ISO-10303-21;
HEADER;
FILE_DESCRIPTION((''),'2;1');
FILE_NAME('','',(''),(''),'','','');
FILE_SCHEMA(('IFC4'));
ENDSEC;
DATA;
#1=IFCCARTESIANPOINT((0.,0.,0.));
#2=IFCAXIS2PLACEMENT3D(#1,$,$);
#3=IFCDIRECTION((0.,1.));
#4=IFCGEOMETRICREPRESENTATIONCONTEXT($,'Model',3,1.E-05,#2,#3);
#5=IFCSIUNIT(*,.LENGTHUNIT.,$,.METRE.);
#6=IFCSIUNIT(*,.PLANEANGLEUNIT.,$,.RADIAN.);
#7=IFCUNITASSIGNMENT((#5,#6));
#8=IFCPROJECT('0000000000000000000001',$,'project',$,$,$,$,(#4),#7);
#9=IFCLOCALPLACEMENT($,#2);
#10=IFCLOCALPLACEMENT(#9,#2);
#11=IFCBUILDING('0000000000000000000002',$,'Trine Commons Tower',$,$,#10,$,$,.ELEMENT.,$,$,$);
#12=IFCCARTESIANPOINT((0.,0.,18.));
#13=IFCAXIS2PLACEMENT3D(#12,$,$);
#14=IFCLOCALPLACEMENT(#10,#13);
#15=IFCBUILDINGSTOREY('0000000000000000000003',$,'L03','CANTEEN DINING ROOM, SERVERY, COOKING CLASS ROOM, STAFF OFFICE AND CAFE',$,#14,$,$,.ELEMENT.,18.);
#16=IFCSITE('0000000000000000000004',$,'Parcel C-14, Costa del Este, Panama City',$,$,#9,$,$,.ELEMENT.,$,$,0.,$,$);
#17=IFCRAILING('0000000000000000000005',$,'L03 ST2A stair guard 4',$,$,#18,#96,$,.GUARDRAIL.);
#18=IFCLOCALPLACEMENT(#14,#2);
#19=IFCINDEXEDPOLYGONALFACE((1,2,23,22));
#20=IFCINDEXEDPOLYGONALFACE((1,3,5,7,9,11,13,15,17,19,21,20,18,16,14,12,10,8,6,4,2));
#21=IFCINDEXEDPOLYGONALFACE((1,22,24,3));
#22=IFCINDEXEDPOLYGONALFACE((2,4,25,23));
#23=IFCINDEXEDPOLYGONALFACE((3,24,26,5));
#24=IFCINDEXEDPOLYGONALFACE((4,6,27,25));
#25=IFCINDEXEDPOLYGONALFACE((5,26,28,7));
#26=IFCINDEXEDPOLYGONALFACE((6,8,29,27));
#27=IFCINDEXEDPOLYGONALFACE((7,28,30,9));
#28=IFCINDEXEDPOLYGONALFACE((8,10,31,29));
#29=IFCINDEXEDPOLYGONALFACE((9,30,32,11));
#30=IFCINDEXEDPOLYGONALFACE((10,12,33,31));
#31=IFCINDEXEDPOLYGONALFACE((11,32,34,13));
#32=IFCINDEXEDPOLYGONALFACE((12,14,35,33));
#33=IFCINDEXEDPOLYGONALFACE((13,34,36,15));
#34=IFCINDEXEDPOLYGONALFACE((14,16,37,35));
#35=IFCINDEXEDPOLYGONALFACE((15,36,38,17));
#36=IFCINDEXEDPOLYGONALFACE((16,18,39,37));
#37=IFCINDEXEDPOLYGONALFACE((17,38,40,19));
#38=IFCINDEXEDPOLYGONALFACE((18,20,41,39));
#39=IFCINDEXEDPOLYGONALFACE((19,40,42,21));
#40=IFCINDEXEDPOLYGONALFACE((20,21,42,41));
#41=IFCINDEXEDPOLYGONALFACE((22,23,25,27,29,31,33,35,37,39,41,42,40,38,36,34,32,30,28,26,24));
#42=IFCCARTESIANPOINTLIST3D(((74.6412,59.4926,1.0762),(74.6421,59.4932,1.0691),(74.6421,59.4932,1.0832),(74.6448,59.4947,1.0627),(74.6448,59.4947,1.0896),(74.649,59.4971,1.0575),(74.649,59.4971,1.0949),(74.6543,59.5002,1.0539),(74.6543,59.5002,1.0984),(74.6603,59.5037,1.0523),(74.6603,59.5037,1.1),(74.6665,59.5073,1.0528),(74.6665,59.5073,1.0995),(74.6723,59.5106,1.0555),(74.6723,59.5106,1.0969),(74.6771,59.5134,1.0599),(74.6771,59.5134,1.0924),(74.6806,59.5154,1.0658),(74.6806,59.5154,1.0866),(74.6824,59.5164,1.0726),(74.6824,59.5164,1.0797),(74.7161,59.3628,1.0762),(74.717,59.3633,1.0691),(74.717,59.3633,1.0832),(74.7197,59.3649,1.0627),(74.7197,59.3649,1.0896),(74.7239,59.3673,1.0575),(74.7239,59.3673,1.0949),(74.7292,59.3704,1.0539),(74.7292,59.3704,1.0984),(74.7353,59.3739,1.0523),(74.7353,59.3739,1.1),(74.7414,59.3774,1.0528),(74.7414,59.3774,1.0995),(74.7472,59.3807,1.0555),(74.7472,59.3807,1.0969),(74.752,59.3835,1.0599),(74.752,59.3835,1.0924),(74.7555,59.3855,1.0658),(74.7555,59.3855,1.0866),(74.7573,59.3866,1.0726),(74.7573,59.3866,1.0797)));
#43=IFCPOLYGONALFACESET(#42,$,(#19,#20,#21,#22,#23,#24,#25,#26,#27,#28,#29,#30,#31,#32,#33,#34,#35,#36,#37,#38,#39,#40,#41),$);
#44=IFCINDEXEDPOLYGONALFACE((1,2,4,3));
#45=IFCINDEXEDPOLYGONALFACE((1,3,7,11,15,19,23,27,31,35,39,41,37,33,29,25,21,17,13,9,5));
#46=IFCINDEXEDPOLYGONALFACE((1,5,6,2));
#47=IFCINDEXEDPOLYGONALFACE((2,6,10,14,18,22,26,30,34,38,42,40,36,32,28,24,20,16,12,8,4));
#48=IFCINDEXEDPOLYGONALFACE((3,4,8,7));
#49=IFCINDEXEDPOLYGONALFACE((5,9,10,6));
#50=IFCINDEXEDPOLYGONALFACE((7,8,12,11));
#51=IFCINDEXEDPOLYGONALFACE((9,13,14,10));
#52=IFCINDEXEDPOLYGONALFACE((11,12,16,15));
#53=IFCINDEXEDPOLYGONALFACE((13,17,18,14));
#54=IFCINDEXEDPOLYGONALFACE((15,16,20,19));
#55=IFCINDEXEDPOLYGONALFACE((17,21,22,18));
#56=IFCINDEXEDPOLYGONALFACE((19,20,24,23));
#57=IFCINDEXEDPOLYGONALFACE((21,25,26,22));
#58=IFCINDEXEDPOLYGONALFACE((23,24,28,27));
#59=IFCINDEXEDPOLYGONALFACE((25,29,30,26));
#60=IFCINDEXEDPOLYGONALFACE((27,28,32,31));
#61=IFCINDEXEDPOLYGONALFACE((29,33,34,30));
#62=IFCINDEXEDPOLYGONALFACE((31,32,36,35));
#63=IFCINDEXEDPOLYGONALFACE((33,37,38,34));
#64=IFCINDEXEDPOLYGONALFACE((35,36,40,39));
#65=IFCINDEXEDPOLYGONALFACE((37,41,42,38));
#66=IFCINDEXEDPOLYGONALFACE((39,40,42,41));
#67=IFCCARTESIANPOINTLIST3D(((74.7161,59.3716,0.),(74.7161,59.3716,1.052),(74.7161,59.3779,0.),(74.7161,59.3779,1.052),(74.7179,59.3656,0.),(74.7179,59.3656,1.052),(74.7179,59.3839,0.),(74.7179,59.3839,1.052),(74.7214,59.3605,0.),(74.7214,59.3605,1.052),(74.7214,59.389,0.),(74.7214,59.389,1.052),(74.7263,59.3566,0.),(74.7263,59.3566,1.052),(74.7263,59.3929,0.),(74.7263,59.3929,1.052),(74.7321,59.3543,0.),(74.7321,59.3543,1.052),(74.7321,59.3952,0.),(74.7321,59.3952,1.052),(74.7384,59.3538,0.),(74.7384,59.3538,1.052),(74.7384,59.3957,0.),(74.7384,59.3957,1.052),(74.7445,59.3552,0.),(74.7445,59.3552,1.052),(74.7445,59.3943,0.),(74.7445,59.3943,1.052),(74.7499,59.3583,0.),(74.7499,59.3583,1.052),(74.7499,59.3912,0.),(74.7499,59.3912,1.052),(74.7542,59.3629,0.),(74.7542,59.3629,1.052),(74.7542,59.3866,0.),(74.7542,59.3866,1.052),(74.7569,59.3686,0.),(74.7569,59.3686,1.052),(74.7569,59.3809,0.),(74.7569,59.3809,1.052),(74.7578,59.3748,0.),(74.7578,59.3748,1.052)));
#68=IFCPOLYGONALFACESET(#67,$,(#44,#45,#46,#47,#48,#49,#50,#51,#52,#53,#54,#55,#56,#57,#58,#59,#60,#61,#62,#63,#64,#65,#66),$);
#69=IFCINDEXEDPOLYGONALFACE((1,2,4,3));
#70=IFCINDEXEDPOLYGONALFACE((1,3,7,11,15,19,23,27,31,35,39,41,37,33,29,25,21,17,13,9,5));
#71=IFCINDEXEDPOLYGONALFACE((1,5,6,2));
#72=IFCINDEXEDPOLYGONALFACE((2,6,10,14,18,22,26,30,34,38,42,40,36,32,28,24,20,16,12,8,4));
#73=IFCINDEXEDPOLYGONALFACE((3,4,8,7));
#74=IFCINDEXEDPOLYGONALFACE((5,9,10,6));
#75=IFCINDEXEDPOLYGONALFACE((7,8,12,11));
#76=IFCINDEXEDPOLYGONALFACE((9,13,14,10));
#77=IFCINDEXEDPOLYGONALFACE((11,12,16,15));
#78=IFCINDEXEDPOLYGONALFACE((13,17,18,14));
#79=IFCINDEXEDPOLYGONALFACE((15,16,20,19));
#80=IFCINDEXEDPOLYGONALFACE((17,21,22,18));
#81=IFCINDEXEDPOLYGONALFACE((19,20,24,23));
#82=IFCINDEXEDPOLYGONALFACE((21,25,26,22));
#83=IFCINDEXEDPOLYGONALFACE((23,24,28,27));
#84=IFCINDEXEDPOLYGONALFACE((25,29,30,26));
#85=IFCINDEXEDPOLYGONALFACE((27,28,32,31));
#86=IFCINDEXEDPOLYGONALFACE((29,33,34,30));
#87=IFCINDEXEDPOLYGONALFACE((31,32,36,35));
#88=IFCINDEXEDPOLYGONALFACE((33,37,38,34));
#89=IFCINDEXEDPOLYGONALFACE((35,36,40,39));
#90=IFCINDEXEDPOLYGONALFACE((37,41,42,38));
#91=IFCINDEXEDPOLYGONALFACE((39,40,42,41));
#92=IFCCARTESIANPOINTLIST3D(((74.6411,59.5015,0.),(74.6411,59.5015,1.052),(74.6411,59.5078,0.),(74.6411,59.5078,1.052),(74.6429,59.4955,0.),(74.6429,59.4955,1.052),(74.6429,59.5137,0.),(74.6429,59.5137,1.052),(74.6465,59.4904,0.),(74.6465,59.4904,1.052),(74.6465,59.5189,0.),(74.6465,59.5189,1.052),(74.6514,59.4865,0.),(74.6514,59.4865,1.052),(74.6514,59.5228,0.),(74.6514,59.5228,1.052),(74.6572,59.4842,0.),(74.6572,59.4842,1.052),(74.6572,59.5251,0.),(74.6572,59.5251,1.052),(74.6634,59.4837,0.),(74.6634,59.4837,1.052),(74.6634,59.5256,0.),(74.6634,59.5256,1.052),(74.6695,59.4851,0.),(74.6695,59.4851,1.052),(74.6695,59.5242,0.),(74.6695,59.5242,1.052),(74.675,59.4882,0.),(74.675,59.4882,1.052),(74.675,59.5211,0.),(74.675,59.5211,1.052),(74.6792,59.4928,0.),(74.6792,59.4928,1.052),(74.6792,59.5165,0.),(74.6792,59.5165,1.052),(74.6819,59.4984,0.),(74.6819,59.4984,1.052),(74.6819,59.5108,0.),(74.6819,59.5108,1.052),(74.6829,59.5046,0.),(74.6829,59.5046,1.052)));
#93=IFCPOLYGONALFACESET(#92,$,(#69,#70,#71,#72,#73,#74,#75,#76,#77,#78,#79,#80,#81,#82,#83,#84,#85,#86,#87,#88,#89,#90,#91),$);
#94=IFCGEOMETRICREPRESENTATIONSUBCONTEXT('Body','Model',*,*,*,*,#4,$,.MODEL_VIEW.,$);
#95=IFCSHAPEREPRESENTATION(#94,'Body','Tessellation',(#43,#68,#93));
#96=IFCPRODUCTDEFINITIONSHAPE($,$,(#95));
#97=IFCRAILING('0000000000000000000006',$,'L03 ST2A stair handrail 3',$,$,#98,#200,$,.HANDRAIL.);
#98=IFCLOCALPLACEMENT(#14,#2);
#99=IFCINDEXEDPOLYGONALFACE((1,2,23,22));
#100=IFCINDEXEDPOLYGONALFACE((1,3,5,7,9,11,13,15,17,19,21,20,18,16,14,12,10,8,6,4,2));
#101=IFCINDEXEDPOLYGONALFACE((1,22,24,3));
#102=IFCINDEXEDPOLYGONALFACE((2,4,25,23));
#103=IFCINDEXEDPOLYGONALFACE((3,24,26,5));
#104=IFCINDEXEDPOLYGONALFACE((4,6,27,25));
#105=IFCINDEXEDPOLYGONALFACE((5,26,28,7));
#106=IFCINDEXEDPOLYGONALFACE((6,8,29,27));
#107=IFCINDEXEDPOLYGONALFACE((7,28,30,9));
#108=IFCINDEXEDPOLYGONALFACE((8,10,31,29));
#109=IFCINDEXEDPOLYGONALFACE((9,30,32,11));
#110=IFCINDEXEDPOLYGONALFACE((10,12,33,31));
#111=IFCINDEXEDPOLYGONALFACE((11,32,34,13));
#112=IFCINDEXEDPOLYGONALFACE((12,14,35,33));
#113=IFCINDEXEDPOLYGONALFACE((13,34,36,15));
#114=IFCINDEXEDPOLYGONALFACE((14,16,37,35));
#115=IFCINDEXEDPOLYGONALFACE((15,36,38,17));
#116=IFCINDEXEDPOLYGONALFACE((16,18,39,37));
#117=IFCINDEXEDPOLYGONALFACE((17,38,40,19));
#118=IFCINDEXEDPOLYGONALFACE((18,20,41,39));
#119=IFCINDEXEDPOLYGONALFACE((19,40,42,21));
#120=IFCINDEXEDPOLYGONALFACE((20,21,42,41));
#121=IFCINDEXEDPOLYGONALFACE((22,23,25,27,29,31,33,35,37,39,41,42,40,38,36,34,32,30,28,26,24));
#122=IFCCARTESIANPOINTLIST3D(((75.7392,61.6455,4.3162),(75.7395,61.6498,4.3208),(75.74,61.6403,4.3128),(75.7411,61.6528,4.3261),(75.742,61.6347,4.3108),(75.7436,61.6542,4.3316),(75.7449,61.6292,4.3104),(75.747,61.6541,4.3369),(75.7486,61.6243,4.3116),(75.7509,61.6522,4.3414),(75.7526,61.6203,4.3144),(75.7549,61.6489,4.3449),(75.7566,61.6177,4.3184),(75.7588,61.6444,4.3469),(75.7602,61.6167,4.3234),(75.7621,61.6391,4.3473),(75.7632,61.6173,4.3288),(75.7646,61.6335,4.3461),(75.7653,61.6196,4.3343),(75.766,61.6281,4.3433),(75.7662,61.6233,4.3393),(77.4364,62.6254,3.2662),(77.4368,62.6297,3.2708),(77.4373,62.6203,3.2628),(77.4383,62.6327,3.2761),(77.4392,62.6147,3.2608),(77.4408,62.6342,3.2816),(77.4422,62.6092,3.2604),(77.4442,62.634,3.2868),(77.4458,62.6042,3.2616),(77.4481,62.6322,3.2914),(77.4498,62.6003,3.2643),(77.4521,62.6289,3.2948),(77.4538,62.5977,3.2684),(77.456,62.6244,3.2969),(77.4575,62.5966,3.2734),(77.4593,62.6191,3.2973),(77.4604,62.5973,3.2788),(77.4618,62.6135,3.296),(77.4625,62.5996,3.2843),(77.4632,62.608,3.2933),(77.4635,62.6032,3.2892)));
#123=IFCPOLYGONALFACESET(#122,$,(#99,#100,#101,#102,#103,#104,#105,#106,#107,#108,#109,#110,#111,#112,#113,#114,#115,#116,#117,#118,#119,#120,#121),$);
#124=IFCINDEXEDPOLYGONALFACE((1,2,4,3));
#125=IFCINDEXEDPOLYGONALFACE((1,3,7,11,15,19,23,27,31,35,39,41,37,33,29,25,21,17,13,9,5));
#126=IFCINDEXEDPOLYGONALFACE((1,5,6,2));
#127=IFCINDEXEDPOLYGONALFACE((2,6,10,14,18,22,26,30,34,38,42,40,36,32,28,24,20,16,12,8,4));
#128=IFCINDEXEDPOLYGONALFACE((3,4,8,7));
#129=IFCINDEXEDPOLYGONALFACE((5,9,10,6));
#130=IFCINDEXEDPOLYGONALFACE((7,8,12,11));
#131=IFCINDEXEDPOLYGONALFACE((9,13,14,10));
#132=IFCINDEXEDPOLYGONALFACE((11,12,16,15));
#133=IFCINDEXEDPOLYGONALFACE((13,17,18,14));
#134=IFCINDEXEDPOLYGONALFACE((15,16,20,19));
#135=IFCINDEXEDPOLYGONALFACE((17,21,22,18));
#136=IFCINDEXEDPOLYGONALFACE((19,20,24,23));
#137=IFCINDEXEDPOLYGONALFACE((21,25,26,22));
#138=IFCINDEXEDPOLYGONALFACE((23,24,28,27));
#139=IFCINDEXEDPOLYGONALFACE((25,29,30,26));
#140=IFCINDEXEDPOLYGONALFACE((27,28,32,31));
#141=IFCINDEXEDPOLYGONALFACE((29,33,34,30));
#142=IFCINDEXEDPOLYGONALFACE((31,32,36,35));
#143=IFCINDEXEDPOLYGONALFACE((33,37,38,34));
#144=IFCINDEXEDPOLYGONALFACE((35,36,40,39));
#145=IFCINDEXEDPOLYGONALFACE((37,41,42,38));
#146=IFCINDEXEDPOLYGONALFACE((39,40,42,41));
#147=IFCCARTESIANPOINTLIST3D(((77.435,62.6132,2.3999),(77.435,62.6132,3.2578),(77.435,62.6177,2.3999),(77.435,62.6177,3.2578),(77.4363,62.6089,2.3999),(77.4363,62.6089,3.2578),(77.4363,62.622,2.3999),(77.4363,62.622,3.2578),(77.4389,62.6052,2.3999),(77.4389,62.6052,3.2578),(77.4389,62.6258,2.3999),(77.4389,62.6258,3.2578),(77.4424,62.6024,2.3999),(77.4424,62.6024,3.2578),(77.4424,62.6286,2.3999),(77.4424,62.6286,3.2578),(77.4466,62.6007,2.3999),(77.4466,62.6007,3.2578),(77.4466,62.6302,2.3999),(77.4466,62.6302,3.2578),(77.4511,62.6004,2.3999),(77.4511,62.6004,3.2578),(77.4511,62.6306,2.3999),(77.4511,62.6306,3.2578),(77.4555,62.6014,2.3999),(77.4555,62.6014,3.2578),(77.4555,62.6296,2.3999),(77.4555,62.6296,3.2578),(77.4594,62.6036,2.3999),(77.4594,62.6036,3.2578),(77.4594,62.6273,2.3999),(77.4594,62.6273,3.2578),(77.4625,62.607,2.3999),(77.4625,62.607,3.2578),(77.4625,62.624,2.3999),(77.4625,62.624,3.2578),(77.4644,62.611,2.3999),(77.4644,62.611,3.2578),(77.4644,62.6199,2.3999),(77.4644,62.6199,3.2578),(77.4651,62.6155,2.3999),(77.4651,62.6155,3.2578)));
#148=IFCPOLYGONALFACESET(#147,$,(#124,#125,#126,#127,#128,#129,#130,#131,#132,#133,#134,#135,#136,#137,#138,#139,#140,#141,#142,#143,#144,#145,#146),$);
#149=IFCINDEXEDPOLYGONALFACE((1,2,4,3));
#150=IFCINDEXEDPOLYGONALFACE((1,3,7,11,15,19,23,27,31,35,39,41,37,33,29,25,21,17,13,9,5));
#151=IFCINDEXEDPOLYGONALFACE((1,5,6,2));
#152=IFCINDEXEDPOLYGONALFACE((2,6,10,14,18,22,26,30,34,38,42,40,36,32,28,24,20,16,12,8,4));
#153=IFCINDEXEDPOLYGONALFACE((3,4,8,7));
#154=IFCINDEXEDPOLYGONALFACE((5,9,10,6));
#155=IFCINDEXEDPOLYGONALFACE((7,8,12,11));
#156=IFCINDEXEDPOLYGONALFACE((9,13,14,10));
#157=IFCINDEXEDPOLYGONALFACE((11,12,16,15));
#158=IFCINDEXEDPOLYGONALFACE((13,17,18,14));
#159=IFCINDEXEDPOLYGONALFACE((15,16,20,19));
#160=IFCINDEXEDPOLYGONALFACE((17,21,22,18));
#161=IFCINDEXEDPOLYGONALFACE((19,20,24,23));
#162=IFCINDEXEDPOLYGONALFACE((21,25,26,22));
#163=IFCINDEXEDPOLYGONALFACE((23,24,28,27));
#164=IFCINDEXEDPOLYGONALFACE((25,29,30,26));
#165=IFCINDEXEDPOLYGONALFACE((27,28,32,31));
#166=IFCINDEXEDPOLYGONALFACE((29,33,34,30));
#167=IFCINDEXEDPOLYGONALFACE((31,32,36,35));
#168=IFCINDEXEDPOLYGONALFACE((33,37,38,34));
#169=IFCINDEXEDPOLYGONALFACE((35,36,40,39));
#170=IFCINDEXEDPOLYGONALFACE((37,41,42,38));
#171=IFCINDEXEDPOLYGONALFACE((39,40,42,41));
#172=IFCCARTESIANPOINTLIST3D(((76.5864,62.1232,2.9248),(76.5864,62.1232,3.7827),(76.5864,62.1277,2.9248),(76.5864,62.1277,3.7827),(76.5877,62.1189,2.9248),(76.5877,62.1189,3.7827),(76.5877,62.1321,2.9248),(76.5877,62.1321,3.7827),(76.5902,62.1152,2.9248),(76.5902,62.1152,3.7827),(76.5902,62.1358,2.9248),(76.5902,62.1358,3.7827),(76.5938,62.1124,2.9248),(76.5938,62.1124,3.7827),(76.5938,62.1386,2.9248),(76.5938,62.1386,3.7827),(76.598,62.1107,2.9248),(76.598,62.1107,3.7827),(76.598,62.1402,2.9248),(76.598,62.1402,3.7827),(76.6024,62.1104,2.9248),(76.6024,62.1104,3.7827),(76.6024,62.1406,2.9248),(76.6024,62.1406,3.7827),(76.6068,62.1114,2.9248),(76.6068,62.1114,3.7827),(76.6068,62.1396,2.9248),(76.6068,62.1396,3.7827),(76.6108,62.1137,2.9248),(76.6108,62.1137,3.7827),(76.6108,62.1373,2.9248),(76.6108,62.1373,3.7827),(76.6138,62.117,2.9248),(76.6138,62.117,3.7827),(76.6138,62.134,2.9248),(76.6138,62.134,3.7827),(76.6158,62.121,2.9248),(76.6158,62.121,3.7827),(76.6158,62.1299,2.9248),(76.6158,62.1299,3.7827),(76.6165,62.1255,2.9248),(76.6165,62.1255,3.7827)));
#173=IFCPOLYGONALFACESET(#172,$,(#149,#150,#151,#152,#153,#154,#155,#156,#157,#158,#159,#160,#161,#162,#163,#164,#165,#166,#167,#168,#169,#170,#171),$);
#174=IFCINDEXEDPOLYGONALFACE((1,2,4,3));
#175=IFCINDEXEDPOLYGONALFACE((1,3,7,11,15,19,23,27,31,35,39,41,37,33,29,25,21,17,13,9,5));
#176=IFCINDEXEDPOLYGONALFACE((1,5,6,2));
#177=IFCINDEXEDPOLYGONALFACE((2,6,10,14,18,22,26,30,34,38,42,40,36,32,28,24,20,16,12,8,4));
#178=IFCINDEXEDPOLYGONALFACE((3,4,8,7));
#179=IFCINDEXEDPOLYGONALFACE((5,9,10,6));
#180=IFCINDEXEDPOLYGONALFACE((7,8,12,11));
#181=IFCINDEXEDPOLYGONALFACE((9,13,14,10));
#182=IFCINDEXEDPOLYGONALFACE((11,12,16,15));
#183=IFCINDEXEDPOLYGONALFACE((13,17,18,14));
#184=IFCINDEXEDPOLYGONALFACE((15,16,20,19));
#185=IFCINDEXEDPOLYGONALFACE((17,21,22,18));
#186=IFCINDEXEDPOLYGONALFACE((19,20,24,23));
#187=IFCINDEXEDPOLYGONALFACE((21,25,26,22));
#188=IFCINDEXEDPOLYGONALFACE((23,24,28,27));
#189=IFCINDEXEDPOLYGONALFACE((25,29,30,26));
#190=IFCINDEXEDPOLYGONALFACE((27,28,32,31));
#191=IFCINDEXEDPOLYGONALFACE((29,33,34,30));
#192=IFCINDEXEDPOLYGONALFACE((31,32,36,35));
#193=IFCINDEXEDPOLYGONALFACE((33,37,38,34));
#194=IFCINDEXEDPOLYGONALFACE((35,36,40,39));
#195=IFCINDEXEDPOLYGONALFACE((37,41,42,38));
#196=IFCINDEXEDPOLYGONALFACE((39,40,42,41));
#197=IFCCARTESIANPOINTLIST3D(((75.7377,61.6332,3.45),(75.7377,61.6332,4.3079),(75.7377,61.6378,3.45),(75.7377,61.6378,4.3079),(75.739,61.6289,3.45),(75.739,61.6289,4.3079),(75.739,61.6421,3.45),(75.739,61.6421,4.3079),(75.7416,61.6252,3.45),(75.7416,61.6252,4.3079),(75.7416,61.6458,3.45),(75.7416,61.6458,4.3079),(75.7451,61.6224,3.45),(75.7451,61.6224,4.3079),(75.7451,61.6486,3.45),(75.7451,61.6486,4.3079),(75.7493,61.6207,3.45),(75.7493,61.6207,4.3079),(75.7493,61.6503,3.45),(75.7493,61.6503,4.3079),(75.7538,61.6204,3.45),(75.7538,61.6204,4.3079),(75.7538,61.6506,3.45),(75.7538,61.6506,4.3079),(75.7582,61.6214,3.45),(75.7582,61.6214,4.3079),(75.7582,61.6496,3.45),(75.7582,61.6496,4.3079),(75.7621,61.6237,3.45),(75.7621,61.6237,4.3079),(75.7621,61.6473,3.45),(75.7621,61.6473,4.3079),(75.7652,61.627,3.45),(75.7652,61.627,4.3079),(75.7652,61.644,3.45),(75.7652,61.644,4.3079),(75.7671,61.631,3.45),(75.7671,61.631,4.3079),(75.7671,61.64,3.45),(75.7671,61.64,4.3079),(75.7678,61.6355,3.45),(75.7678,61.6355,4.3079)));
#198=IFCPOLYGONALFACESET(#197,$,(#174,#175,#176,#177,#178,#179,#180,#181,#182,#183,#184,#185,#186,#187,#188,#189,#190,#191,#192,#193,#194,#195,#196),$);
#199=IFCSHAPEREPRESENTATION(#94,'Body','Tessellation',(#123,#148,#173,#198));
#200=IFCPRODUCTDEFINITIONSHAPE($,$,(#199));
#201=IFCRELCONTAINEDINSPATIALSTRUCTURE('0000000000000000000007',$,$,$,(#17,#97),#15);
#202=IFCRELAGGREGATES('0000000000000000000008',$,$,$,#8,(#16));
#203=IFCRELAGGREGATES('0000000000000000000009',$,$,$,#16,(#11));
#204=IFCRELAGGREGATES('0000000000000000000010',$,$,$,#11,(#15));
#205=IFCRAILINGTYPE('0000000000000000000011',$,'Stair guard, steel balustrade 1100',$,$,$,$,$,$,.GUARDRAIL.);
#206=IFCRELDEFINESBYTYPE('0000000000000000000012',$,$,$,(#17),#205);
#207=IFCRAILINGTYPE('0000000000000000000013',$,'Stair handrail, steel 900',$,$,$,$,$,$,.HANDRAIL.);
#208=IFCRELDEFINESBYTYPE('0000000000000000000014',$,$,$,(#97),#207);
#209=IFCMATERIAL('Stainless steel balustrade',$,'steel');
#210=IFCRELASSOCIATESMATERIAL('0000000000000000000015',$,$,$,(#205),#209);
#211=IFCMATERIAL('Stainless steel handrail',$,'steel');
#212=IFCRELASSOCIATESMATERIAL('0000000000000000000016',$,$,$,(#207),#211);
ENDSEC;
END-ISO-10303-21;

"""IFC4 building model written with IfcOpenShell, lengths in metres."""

from ifc_helpers import new_model, si_unit, direction, frame, origin, origin_2d, place, context, subcontext, project, spatial, circle, extrude, material, type_object, element, save


model = new_model("IFC4")

# Units and contexts
model_context = context("Model", 3, precision=1e-05, world=origin(), true_north=direction((0.0, 1.0)))
body_context = subcontext(model_context, "Body", "Model", "MODEL_VIEW")
ifc_project = project(units=[si_unit("LENGTHUNIT", "METRE"), si_unit("PLANEANGLEUNIT", "RADIAN")], contexts=[model_context])

# Site, building, storey
site_placement = place(None, origin())
site = spatial("IfcSite", under=ifc_project, at=site_placement, Name="Parcel C-14, Costa del Este, Panama City", CompositionType="ELEMENT", RefElevation=0.0)
building_placement = place(site_placement, origin())
building = spatial("IfcBuilding", under=site, at=building_placement, Name="Trine Commons Tower", CompositionType="ELEMENT")
storey_placement = place(building_placement, frame((0.0, 0.0, 18.0)))
storey = spatial("IfcBuildingStorey", under=building, at=storey_placement, Name="L03", Description="CANTEEN DINING ROOM, SERVERY, COOKING CLASS ROOM, STAFF OFFICE AND CAFE", CompositionType="ELEMENT", Elevation=18.0)

# Railings
ifc_material_1 = material(Name="Stainless steel balustrade", Category="steel")
railing_type_1 = type_object("IfcRailingType", Name="Stair guard, steel balustrade 1100", PredefinedType="GUARDRAIL", material=ifc_material_1)
railing_1_placement = place(storey_placement, frame((74.7368, 59.3748, 0.0)))
element("IfcRailing", 1, at=railing_1_placement, inside=storey, type_object=railing_type_1, Name="L03 ST2A stair guard 4", PredefinedType="GUARDRAIL", context=body_context, shape_type="SweptSolid", body=[
    extrude(circle(Radius=0.0239, at=origin_2d()), frame((0.0, 0.0, 1.0762), z_axis=(-0.499816, 0.866131, 0.0), x_axis=(-0.866131, -0.499816, 0.0)), (0.0, 0.0, 1.0), 0.1499),
    extrude(circle(Radius=0.021, at=origin_2d()), origin(), (0.0, 0.0, 1.0), 1.052),
    extrude(circle(Radius=0.021, at=origin_2d()), frame((-0.075, 0.1299, 0.0)), (0.0, 0.0, 1.0), 1.052),
])
ifc_material_2 = material(Name="Stainless steel handrail", Category="steel")
railing_type_2 = type_object("IfcRailingType", Name="Stair handrail, steel 900", PredefinedType="HANDRAIL", material=ifc_material_2)
railing_2_placement = place(storey_placement, frame((77.45, 62.6155, 2.3999)))
element("IfcRailing", 2, at=railing_2_placement, inside=storey, type_object=railing_type_2, Name="L03 ST2A stair handrail 3", PredefinedType="HANDRAIL", context=body_context, shape_type="SweptSolid", body=[
    extrude(circle(Radius=0.021, at=origin_2d()), frame((0.0, 0.0, 0.8789), z_axis=(-0.763352, -0.44075, 0.472264), x_axis=(0.500024, -0.866011, 0.0)), (0.0, 0.0, 1.0), 2.2234),
    extrude(circle(Radius=0.0151, at=origin_2d()), origin(), (0.0, 0.0, 1.0), 0.8579),
    extrude(circle(Radius=0.0151, at=origin_2d()), frame((-0.8486, -0.49, 0.5249)), (0.0, 0.0, 1.0), 0.8579),
    extrude(circle(Radius=0.0151, at=origin_2d()), frame((-1.6973, -0.98, 1.05)), (0.0, 0.0, 1.0), 0.8579),
])

save(model, "model.ifc")
